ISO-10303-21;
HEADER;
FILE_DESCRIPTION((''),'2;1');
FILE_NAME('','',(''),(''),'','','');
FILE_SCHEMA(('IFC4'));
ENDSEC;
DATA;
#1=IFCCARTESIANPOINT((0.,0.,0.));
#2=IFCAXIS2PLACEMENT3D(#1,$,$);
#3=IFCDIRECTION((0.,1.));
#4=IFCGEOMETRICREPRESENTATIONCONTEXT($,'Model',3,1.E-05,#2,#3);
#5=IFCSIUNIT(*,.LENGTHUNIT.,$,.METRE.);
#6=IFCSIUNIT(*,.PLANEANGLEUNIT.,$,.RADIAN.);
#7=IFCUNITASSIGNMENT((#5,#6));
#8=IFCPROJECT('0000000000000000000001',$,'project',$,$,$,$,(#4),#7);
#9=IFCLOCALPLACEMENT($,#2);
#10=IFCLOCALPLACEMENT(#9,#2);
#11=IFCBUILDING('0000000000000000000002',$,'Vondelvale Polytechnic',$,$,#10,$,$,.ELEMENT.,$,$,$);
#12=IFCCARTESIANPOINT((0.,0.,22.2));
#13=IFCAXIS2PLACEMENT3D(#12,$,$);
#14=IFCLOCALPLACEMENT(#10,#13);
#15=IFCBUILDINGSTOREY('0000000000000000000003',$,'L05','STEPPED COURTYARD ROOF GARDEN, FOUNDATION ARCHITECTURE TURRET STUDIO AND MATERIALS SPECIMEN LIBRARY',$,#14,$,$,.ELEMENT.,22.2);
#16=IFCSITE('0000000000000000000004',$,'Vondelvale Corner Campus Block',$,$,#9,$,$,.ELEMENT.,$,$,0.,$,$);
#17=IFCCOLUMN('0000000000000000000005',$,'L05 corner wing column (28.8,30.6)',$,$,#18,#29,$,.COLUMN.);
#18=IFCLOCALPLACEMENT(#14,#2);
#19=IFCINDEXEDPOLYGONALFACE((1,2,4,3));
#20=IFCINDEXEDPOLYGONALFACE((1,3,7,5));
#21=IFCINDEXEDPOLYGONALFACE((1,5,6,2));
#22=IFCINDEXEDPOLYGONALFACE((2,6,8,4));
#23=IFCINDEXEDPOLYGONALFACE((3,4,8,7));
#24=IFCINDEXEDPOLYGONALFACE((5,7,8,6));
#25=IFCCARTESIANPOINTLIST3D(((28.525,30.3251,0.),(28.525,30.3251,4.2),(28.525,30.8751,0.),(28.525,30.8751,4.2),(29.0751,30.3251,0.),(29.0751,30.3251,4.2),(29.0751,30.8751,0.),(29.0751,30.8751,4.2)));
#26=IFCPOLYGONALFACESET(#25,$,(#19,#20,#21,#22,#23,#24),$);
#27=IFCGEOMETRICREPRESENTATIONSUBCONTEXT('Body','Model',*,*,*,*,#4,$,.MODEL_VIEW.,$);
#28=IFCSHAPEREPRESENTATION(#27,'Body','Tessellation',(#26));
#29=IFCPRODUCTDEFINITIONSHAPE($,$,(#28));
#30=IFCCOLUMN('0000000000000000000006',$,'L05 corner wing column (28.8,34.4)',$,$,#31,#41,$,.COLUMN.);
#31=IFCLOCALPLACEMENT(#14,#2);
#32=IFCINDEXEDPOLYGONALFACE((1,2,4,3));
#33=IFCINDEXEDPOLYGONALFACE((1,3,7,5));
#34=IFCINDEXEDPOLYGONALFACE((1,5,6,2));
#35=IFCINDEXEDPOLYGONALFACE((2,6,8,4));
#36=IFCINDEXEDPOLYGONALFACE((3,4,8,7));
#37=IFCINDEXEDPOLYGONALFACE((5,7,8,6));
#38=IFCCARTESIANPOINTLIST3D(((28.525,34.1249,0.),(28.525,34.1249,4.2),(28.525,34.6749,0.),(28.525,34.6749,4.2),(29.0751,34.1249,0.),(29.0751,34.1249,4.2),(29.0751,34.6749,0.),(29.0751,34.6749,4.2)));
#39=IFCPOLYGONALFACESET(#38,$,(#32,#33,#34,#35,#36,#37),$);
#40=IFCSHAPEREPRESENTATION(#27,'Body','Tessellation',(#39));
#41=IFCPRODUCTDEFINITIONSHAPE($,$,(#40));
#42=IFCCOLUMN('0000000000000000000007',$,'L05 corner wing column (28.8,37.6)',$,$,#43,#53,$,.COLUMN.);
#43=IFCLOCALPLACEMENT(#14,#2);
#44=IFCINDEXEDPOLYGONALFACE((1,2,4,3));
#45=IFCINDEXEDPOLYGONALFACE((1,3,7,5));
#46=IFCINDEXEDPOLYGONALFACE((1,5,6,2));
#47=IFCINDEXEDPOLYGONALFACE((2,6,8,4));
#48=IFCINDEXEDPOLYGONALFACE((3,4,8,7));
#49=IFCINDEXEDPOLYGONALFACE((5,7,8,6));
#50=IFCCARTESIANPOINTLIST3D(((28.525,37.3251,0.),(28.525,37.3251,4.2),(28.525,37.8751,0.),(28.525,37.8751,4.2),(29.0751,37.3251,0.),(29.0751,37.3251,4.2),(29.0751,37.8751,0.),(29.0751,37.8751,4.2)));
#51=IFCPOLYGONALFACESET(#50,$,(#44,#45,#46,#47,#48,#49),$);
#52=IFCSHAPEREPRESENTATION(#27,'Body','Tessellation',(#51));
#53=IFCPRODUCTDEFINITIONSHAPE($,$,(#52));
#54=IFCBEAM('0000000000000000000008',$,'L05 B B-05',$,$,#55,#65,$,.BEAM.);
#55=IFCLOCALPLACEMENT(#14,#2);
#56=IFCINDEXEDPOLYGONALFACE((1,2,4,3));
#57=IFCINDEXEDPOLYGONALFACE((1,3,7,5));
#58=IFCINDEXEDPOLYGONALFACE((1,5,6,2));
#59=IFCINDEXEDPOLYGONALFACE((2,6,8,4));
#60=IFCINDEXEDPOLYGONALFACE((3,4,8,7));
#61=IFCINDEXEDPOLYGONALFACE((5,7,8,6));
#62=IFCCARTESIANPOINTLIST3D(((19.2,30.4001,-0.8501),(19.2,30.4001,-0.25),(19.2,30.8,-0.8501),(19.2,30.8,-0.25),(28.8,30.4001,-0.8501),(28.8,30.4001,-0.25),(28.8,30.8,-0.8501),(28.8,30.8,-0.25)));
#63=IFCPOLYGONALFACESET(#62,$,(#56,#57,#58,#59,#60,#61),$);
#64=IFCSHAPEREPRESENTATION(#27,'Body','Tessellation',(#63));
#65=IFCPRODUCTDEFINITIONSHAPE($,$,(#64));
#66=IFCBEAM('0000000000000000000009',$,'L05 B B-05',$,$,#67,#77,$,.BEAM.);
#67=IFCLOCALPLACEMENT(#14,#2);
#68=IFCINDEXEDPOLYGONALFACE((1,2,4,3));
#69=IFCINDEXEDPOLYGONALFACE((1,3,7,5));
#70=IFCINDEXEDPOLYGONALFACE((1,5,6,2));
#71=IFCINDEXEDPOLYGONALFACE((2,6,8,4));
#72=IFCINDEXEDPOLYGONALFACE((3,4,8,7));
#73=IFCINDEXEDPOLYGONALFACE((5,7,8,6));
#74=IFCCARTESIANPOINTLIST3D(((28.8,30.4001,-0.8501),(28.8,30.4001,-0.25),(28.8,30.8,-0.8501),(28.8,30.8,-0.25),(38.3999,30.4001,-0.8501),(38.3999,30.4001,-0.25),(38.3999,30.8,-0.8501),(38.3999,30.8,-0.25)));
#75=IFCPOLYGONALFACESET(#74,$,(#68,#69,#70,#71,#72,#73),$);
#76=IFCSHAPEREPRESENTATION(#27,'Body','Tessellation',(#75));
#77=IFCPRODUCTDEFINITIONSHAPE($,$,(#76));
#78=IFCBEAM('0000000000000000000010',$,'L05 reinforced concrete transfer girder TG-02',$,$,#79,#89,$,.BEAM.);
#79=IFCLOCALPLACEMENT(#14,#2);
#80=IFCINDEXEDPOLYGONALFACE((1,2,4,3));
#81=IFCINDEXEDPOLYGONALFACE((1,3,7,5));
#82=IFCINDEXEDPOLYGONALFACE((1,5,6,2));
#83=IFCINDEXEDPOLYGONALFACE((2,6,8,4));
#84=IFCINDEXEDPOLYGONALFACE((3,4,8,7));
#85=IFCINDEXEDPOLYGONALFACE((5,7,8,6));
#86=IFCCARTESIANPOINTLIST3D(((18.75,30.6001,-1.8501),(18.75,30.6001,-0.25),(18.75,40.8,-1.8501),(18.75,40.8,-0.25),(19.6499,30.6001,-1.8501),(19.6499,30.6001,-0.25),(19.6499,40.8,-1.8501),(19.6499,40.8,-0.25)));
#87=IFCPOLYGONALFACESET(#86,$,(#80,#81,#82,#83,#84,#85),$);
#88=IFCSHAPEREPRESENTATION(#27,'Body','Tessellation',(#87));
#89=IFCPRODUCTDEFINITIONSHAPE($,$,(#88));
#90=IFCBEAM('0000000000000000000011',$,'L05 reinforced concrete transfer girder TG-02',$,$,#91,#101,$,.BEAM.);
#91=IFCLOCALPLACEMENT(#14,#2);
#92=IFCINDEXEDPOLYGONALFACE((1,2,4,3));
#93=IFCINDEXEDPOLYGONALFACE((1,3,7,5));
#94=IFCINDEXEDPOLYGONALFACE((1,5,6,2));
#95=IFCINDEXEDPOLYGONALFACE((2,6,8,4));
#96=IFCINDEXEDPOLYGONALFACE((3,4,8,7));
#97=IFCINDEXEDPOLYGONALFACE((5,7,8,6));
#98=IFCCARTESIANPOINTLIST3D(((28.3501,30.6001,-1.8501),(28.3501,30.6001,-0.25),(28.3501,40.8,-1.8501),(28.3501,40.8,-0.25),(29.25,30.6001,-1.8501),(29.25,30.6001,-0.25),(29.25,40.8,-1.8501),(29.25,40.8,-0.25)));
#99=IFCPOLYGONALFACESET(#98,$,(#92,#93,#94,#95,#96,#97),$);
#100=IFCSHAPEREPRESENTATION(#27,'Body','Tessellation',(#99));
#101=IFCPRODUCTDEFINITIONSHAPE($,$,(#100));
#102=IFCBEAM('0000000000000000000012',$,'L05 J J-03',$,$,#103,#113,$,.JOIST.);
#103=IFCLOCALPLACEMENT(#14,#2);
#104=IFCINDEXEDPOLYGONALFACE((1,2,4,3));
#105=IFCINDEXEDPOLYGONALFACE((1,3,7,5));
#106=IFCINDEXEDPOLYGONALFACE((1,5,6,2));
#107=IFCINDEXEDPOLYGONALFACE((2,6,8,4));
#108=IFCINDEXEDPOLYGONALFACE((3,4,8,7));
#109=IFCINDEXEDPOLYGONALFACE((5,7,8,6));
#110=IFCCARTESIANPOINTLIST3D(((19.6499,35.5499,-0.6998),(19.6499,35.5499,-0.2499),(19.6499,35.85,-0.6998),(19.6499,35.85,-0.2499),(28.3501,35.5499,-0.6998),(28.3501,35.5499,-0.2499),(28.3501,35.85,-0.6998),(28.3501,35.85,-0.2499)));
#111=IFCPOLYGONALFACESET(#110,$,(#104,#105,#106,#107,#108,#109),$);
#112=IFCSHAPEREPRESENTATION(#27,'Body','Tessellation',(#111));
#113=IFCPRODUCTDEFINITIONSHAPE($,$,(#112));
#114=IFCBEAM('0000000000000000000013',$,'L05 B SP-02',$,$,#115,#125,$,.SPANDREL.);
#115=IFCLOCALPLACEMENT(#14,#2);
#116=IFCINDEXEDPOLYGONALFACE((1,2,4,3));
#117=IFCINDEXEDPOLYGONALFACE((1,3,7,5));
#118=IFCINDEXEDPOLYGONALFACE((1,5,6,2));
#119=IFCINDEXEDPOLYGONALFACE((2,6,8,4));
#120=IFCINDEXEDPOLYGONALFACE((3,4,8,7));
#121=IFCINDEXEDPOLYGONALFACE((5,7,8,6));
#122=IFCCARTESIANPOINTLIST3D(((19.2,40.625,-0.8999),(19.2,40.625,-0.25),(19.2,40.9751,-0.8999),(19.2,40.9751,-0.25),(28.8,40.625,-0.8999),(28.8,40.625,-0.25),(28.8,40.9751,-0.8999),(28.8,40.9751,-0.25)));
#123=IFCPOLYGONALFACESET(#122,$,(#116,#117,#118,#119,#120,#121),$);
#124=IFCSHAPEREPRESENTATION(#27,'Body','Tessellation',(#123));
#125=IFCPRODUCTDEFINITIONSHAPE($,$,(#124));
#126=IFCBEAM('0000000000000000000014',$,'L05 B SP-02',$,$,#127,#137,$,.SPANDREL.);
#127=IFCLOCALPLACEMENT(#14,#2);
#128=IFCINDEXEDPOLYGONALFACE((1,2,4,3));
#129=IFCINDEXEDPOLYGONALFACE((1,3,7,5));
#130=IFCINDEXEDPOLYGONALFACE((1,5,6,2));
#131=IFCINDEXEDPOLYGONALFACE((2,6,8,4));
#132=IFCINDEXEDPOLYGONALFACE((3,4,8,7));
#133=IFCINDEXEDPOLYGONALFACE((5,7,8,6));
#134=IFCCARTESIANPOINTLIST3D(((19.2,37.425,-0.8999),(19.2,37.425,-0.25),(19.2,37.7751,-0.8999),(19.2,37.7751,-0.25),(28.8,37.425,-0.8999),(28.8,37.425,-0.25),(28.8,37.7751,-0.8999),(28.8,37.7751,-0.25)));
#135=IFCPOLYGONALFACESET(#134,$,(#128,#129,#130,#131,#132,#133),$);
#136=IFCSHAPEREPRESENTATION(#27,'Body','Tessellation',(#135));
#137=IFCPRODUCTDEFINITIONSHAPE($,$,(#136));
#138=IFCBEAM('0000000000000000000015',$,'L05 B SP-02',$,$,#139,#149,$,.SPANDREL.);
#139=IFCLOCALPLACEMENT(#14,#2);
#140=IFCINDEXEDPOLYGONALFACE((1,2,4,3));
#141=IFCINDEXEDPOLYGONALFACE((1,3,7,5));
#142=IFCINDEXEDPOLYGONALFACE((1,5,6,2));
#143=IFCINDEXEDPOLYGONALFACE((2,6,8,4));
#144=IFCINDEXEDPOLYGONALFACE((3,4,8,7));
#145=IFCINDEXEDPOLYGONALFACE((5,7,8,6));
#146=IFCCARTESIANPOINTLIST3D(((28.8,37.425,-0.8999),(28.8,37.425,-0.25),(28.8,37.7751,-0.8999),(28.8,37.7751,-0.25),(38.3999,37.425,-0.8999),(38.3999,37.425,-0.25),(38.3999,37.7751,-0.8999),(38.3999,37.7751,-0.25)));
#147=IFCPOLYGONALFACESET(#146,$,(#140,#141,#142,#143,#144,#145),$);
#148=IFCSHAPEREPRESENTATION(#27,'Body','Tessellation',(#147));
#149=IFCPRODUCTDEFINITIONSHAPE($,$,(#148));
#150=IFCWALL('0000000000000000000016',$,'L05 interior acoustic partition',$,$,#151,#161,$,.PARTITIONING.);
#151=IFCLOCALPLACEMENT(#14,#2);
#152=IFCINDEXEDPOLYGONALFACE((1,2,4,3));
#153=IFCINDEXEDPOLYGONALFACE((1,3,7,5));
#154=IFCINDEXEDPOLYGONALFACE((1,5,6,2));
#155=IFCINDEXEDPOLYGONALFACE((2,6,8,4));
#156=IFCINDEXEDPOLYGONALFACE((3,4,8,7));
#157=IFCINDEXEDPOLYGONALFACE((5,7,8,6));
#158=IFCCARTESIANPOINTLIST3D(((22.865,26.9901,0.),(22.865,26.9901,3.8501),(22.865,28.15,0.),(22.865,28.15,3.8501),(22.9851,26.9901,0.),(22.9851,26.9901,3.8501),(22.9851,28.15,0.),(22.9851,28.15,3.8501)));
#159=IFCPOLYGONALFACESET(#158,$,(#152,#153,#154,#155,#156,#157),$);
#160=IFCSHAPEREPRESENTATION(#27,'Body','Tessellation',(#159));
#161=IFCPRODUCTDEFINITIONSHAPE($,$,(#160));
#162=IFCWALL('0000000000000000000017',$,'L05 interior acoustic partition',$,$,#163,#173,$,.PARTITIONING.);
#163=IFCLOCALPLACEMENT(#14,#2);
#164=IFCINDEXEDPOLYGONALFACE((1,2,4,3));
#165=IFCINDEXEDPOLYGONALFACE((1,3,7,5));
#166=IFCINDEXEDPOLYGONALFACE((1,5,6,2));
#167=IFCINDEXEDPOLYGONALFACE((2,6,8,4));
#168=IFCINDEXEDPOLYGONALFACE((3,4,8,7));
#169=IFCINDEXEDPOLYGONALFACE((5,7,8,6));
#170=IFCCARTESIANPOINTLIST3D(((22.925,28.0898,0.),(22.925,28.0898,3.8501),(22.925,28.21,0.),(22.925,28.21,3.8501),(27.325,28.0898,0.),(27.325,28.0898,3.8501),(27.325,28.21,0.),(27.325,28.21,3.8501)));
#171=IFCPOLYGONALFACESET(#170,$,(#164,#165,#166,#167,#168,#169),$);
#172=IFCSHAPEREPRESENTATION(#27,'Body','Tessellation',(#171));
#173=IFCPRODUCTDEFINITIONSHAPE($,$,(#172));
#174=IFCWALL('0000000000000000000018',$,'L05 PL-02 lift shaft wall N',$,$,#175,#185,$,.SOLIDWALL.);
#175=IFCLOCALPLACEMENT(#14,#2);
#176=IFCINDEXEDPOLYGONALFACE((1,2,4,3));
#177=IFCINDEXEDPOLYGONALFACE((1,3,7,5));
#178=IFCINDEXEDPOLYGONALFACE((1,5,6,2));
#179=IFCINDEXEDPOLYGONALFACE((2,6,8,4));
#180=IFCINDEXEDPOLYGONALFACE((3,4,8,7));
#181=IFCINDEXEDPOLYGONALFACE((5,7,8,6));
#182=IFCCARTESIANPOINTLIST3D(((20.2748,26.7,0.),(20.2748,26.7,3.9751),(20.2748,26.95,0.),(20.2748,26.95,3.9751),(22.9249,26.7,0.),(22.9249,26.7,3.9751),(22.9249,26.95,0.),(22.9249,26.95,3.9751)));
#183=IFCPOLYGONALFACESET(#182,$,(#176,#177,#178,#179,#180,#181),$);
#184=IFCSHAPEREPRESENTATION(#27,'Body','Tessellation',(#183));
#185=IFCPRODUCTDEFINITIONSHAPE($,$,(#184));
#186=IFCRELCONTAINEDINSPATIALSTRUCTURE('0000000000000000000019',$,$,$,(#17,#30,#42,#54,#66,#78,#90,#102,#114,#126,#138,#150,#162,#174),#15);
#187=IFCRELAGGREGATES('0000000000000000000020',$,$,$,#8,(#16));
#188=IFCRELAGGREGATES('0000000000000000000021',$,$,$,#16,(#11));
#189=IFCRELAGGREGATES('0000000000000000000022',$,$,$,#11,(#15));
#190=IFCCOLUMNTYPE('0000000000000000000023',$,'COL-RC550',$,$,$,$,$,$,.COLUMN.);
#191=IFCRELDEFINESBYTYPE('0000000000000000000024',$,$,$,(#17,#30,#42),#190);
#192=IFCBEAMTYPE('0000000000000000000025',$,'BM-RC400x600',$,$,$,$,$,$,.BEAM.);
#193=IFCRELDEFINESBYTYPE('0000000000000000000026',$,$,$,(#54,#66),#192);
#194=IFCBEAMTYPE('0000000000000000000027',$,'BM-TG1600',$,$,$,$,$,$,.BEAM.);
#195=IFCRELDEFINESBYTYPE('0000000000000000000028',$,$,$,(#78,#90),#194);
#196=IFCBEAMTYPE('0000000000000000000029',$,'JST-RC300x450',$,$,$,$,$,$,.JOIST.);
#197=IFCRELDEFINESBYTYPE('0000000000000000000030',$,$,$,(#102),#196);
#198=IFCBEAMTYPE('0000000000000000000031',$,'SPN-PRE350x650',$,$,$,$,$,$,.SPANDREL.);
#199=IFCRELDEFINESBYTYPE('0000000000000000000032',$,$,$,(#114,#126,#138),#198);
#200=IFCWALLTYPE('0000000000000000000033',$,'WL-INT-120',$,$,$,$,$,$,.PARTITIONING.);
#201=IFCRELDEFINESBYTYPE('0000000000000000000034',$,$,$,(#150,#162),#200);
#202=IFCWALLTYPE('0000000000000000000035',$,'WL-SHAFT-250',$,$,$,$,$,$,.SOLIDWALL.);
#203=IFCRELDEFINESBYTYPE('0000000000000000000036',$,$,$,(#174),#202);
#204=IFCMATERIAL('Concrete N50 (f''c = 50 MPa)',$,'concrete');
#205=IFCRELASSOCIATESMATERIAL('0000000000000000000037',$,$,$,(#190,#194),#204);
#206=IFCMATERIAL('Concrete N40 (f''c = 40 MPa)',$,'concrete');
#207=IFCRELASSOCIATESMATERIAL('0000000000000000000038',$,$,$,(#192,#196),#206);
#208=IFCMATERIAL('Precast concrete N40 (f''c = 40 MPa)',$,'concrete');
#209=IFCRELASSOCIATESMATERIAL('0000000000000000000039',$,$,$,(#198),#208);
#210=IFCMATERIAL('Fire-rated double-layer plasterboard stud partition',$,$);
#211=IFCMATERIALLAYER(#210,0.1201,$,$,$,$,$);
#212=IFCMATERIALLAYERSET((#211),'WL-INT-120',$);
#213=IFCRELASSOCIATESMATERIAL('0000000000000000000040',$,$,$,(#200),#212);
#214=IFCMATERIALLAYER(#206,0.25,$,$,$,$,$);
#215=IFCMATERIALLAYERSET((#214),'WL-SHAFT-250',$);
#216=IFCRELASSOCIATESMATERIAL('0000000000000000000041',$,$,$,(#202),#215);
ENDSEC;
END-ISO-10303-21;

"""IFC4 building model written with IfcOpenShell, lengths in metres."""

from ifc_helpers import new_model, si_unit, direction, frame, frame_2d, origin, origin_2d, place, context, subcontext, project, spatial, rectangle, extrude, material, layer, layer_set, material_profile, profile_set, type_object, element, save


model = new_model("IFC4")

# Units and contexts
model_context = context("Model", 3, precision=1e-05, world=origin(), true_north=direction((0.0, 1.0)))
body_context = subcontext(model_context, "Body", "Model", "MODEL_VIEW")
ifc_project = project(units=[si_unit("LENGTHUNIT", "METRE"), si_unit("PLANEANGLEUNIT", "RADIAN")], contexts=[model_context])

# Site, building, storey
site_placement = place(None, origin())
site = spatial("IfcSite", under=ifc_project, at=site_placement, Name="Vondelvale Corner Campus Block", CompositionType="ELEMENT", RefElevation=0.0)
building_placement = place(site_placement, origin())
building = spatial("IfcBuilding", under=site, at=building_placement, Name="Vondelvale Polytechnic", CompositionType="ELEMENT")
storey_placement = place(building_placement, frame((0.0, 0.0, 22.2)))
storey = spatial("IfcBuildingStorey", under=building, at=storey_placement, Name="L05", Description="STEPPED COURTYARD ROOF GARDEN, FOUNDATION ARCHITECTURE TURRET STUDIO AND MATERIALS SPECIMEN LIBRARY", CompositionType="ELEMENT", Elevation=22.2)

# Columns
ifc_material_1 = material(Name="Concrete N50 (f'c = 50 MPa)", Category="concrete")
ifc_material_profile_1 = material_profile(ifc_material_1, rectangle(XDim=0.55, YDim=0.55, at=origin_2d()), Name="RC-COL-550x550")
ifc_profile_set_1 = profile_set([ifc_material_profile_1], Name="Concrete N50 (f'c = 50 MPa)")
column_type = type_object("IfcColumnType", Name="COL-RC550", PredefinedType="COLUMN", material=ifc_profile_set_1)
for number, where, z_axis, x_axis, name in (
    (1, (28.8, 30.6001, 0.0), (0.0, 0.0, 1.0), (1.0, 0.0, 0.0), "L05 corner wing column (28.8,30.6)"),
    (2, (28.8, 34.3999, 0.0), (0.0, 0.0, 1.0), (1.0, 0.0, 0.0), "L05 corner wing column (28.8,34.4)"),
    (3, (28.8, 37.6001, 0.0), (0.0, 0.0, 1.0), (1.0, 0.0, 0.0), "L05 corner wing column (28.8,37.6)"),
):
    element("IfcColumn", number, at=place(storey_placement, frame(where, z_axis=z_axis, x_axis=x_axis)), inside=storey, type_object=column_type, Name=name, PredefinedType="COLUMN", context=body_context, shape_type="SweptSolid", body=[
        extrude(rectangle(XDim=0.55, YDim=0.55, at=origin_2d()), origin(), (0.0, 0.0, 1.0), 4.2),
    ])

# Beams
ifc_material_2 = material(Name="Concrete N40 (f'c = 40 MPa)", Category="concrete")
ifc_material_profile_2 = material_profile(ifc_material_2, rectangle(XDim=0.3999, YDim=0.6001, at=origin_2d()), Name="RC-BM-400x600")
ifc_profile_set_2 = profile_set([ifc_material_profile_2], Name="Concrete N40 (f'c = 40 MPa)")
beam_type_1 = type_object("IfcBeamType", Name="BM-RC400x600", PredefinedType="BEAM", material=ifc_profile_set_2)
beam_1_placement = place(storey_placement, frame((19.2, 30.6001, -0.55), z_axis=(1.0, 0.0, 0.0), x_axis=(0.0, 1.0, 0.0)))
element("IfcBeam", 4, at=beam_1_placement, inside=storey, type_object=beam_type_1, Name="L05 B B-05", PredefinedType="BEAM", context=body_context, shape_type="SweptSolid", body=[
    extrude(rectangle(XDim=0.3999, YDim=0.6001, at=origin_2d()), origin(), (0.0, 0.0, 1.0), 9.6001),
])
beam_2_placement = place(storey_placement, frame((28.8, 30.6001, -0.55), z_axis=(1.0, 0.0, 0.0), x_axis=(0.0, 1.0, 0.0)))
element("IfcBeam", 5, at=beam_2_placement, inside=storey, type_object=beam_type_1, Name="L05 B B-05", PredefinedType="BEAM", context=body_context, shape_type="SweptSolid", body=[
    extrude(rectangle(XDim=0.3999, YDim=0.6001, at=origin_2d()), origin(), (0.0, 0.0, 1.0), 9.5999),
])
ifc_material_profile_3 = material_profile(ifc_material_1, rectangle(XDim=0.8999, YDim=1.6001, at=origin_2d()), Name="RC-TG-900x1600")
ifc_profile_set_3 = profile_set([ifc_material_profile_3], Name="Concrete N50 (f'c = 50 MPa)")
beam_type_2 = type_object("IfcBeamType", Name="BM-TG1600", PredefinedType="BEAM", material=ifc_profile_set_3)
for number, where, z_axis, x_axis, name in (
    (6, (19.2, 30.6001, -1.05), (0.0, 1.0, 0.0), (-1.0, 0.0, 0.0), "L05 reinforced concrete transfer girder TG-02"),
    (7, (28.8, 30.6001, -1.05), (0.0, 1.0, 0.0), (-1.0, 0.0, 0.0), "L05 reinforced concrete transfer girder TG-02"),
):
    element("IfcBeam", number, at=place(storey_placement, frame(where, z_axis=z_axis, x_axis=x_axis)), inside=storey, type_object=beam_type_2, Name=name, PredefinedType="BEAM", context=body_context, shape_type="SweptSolid", body=[
        extrude(rectangle(XDim=0.8999, YDim=1.6001, at=origin_2d()), origin(), (0.0, 0.0, 1.0), 10.2),
    ])
ifc_material_profile_4 = material_profile(ifc_material_2, rectangle(XDim=0.3, YDim=0.45, at=origin_2d()), Name="RC-JST-300x450")
ifc_profile_set_4 = profile_set([ifc_material_profile_4], Name="Concrete N40 (f'c = 40 MPa)")
beam_type_3 = type_object("IfcBeamType", Name="JST-RC300x450", PredefinedType="JOIST", material=ifc_profile_set_4)
beam_3_placement = place(storey_placement, frame((19.6499, 35.7, -0.4749), z_axis=(1.0, 0.0, 0.0), x_axis=(0.0, 1.0, 0.0)))
element("IfcBeam", 8, at=beam_3_placement, inside=storey, type_object=beam_type_3, Name="L05 J J-03", PredefinedType="JOIST", context=body_context, shape_type="SweptSolid", body=[
    extrude(rectangle(XDim=0.3, YDim=0.45, at=origin_2d()), origin(), (0.0, 0.0, 1.0), 8.7002),
])
ifc_material_3 = material(Name="Precast concrete N40 (f'c = 40 MPa)", Category="concrete")
ifc_material_profile_5 = material_profile(ifc_material_3, rectangle(XDim=0.3501, YDim=0.6499, at=origin_2d()), Name="RC-SPN-350x650")
ifc_profile_set_5 = profile_set([ifc_material_profile_5], Name="Precast concrete N40 (f'c = 40 MPa)")
beam_type_4 = type_object("IfcBeamType", Name="SPN-PRE350x650", PredefinedType="SPANDREL", material=ifc_profile_set_5)
for number, where, z_axis, x_axis, name in (
    (9, (19.2, 40.8, -0.575), (1.0, 0.0, 0.0), (0.0, 1.0, 0.0), "L05 B SP-02"),
    (10, (19.2, 37.6001, -0.575), (1.0, 0.0, 0.0), (0.0, 1.0, 0.0), "L05 B SP-02"),
):
    element("IfcBeam", number, at=place(storey_placement, frame(where, z_axis=z_axis, x_axis=x_axis)), inside=storey, type_object=beam_type_4, Name=name, PredefinedType="SPANDREL", context=body_context, shape_type="SweptSolid", body=[
        extrude(rectangle(XDim=0.3501, YDim=0.6499, at=origin_2d()), origin(), (0.0, 0.0, 1.0), 9.6001),
    ])
beam_4_placement = place(storey_placement, frame((28.8, 37.6001, -0.575), z_axis=(1.0, 0.0, 0.0), x_axis=(0.0, 1.0, 0.0)))
element("IfcBeam", 11, at=beam_4_placement, inside=storey, type_object=beam_type_4, Name="L05 B SP-02", PredefinedType="SPANDREL", context=body_context, shape_type="SweptSolid", body=[
    extrude(rectangle(XDim=0.3501, YDim=0.6499, at=origin_2d()), origin(), (0.0, 0.0, 1.0), 9.5999),
])

# Walls
ifc_material_4 = material(Name="Fire-rated double-layer plasterboard stud partition")
ifc_layer_1 = layer(ifc_material_4, 0.1201)
ifc_layer_set_1 = layer_set([ifc_layer_1], Name="WL-INT-120")
wall_type_1 = type_object("IfcWallType", Name="WL-INT-120", PredefinedType="PARTITIONING", material=ifc_layer_set_1)
wall_1_placement = place(storey_placement, frame((22.925, 26.99, 0.0), z_axis=(0.0, 0.0, 1.0), x_axis=(0.0, 1.0, 0.0)))
element("IfcWall", 12, at=wall_1_placement, inside=storey, type_object=wall_type_1, Name="L05 interior acoustic partition", PredefinedType="PARTITIONING", context=body_context, shape_type="SweptSolid", body=[
    extrude(rectangle(XDim=1.1599, YDim=0.1201, at=frame_2d((0.5801, 0.0))), origin(), (0.0, 0.0, 1.0), 3.8501),
])
wall_2_placement = place(storey_placement, frame((22.925, 28.1499, 0.0), z_axis=(0.0, 0.0, 1.0), x_axis=(1.0, 0.0, 0.0)))
element("IfcWall", 13, at=wall_2_placement, inside=storey, type_object=wall_type_1, Name="L05 interior acoustic partition", PredefinedType="PARTITIONING", context=body_context, shape_type="SweptSolid", body=[
    extrude(rectangle(XDim=4.3999, YDim=0.1201, at=frame_2d((2.2, 0.0))), origin(), (0.0, 0.0, 1.0), 3.8501),
])
ifc_layer_2 = layer(ifc_material_2, 0.25)
ifc_layer_set_2 = layer_set([ifc_layer_2], Name="WL-SHAFT-250")
wall_type_2 = type_object("IfcWallType", Name="WL-SHAFT-250", PredefinedType="SOLIDWALL", material=ifc_layer_set_2)
wall_3_placement = place(storey_placement, frame((22.925, 26.825, 0.0), z_axis=(0.0, 0.0, 1.0), x_axis=(-1.0, 0.0, 0.0)))
element("IfcWall", 14, at=wall_3_placement, inside=storey, type_object=wall_type_2, Name="L05 PL-02 lift shaft wall N", PredefinedType="SOLIDWALL", context=body_context, shape_type="SweptSolid", body=[
    extrude(rectangle(XDim=2.6501, YDim=0.25, at=frame_2d((1.3252, 0.0))), origin(), (0.0, 0.0, 1.0), 3.9751),
])

save(model, "model.ifc")
